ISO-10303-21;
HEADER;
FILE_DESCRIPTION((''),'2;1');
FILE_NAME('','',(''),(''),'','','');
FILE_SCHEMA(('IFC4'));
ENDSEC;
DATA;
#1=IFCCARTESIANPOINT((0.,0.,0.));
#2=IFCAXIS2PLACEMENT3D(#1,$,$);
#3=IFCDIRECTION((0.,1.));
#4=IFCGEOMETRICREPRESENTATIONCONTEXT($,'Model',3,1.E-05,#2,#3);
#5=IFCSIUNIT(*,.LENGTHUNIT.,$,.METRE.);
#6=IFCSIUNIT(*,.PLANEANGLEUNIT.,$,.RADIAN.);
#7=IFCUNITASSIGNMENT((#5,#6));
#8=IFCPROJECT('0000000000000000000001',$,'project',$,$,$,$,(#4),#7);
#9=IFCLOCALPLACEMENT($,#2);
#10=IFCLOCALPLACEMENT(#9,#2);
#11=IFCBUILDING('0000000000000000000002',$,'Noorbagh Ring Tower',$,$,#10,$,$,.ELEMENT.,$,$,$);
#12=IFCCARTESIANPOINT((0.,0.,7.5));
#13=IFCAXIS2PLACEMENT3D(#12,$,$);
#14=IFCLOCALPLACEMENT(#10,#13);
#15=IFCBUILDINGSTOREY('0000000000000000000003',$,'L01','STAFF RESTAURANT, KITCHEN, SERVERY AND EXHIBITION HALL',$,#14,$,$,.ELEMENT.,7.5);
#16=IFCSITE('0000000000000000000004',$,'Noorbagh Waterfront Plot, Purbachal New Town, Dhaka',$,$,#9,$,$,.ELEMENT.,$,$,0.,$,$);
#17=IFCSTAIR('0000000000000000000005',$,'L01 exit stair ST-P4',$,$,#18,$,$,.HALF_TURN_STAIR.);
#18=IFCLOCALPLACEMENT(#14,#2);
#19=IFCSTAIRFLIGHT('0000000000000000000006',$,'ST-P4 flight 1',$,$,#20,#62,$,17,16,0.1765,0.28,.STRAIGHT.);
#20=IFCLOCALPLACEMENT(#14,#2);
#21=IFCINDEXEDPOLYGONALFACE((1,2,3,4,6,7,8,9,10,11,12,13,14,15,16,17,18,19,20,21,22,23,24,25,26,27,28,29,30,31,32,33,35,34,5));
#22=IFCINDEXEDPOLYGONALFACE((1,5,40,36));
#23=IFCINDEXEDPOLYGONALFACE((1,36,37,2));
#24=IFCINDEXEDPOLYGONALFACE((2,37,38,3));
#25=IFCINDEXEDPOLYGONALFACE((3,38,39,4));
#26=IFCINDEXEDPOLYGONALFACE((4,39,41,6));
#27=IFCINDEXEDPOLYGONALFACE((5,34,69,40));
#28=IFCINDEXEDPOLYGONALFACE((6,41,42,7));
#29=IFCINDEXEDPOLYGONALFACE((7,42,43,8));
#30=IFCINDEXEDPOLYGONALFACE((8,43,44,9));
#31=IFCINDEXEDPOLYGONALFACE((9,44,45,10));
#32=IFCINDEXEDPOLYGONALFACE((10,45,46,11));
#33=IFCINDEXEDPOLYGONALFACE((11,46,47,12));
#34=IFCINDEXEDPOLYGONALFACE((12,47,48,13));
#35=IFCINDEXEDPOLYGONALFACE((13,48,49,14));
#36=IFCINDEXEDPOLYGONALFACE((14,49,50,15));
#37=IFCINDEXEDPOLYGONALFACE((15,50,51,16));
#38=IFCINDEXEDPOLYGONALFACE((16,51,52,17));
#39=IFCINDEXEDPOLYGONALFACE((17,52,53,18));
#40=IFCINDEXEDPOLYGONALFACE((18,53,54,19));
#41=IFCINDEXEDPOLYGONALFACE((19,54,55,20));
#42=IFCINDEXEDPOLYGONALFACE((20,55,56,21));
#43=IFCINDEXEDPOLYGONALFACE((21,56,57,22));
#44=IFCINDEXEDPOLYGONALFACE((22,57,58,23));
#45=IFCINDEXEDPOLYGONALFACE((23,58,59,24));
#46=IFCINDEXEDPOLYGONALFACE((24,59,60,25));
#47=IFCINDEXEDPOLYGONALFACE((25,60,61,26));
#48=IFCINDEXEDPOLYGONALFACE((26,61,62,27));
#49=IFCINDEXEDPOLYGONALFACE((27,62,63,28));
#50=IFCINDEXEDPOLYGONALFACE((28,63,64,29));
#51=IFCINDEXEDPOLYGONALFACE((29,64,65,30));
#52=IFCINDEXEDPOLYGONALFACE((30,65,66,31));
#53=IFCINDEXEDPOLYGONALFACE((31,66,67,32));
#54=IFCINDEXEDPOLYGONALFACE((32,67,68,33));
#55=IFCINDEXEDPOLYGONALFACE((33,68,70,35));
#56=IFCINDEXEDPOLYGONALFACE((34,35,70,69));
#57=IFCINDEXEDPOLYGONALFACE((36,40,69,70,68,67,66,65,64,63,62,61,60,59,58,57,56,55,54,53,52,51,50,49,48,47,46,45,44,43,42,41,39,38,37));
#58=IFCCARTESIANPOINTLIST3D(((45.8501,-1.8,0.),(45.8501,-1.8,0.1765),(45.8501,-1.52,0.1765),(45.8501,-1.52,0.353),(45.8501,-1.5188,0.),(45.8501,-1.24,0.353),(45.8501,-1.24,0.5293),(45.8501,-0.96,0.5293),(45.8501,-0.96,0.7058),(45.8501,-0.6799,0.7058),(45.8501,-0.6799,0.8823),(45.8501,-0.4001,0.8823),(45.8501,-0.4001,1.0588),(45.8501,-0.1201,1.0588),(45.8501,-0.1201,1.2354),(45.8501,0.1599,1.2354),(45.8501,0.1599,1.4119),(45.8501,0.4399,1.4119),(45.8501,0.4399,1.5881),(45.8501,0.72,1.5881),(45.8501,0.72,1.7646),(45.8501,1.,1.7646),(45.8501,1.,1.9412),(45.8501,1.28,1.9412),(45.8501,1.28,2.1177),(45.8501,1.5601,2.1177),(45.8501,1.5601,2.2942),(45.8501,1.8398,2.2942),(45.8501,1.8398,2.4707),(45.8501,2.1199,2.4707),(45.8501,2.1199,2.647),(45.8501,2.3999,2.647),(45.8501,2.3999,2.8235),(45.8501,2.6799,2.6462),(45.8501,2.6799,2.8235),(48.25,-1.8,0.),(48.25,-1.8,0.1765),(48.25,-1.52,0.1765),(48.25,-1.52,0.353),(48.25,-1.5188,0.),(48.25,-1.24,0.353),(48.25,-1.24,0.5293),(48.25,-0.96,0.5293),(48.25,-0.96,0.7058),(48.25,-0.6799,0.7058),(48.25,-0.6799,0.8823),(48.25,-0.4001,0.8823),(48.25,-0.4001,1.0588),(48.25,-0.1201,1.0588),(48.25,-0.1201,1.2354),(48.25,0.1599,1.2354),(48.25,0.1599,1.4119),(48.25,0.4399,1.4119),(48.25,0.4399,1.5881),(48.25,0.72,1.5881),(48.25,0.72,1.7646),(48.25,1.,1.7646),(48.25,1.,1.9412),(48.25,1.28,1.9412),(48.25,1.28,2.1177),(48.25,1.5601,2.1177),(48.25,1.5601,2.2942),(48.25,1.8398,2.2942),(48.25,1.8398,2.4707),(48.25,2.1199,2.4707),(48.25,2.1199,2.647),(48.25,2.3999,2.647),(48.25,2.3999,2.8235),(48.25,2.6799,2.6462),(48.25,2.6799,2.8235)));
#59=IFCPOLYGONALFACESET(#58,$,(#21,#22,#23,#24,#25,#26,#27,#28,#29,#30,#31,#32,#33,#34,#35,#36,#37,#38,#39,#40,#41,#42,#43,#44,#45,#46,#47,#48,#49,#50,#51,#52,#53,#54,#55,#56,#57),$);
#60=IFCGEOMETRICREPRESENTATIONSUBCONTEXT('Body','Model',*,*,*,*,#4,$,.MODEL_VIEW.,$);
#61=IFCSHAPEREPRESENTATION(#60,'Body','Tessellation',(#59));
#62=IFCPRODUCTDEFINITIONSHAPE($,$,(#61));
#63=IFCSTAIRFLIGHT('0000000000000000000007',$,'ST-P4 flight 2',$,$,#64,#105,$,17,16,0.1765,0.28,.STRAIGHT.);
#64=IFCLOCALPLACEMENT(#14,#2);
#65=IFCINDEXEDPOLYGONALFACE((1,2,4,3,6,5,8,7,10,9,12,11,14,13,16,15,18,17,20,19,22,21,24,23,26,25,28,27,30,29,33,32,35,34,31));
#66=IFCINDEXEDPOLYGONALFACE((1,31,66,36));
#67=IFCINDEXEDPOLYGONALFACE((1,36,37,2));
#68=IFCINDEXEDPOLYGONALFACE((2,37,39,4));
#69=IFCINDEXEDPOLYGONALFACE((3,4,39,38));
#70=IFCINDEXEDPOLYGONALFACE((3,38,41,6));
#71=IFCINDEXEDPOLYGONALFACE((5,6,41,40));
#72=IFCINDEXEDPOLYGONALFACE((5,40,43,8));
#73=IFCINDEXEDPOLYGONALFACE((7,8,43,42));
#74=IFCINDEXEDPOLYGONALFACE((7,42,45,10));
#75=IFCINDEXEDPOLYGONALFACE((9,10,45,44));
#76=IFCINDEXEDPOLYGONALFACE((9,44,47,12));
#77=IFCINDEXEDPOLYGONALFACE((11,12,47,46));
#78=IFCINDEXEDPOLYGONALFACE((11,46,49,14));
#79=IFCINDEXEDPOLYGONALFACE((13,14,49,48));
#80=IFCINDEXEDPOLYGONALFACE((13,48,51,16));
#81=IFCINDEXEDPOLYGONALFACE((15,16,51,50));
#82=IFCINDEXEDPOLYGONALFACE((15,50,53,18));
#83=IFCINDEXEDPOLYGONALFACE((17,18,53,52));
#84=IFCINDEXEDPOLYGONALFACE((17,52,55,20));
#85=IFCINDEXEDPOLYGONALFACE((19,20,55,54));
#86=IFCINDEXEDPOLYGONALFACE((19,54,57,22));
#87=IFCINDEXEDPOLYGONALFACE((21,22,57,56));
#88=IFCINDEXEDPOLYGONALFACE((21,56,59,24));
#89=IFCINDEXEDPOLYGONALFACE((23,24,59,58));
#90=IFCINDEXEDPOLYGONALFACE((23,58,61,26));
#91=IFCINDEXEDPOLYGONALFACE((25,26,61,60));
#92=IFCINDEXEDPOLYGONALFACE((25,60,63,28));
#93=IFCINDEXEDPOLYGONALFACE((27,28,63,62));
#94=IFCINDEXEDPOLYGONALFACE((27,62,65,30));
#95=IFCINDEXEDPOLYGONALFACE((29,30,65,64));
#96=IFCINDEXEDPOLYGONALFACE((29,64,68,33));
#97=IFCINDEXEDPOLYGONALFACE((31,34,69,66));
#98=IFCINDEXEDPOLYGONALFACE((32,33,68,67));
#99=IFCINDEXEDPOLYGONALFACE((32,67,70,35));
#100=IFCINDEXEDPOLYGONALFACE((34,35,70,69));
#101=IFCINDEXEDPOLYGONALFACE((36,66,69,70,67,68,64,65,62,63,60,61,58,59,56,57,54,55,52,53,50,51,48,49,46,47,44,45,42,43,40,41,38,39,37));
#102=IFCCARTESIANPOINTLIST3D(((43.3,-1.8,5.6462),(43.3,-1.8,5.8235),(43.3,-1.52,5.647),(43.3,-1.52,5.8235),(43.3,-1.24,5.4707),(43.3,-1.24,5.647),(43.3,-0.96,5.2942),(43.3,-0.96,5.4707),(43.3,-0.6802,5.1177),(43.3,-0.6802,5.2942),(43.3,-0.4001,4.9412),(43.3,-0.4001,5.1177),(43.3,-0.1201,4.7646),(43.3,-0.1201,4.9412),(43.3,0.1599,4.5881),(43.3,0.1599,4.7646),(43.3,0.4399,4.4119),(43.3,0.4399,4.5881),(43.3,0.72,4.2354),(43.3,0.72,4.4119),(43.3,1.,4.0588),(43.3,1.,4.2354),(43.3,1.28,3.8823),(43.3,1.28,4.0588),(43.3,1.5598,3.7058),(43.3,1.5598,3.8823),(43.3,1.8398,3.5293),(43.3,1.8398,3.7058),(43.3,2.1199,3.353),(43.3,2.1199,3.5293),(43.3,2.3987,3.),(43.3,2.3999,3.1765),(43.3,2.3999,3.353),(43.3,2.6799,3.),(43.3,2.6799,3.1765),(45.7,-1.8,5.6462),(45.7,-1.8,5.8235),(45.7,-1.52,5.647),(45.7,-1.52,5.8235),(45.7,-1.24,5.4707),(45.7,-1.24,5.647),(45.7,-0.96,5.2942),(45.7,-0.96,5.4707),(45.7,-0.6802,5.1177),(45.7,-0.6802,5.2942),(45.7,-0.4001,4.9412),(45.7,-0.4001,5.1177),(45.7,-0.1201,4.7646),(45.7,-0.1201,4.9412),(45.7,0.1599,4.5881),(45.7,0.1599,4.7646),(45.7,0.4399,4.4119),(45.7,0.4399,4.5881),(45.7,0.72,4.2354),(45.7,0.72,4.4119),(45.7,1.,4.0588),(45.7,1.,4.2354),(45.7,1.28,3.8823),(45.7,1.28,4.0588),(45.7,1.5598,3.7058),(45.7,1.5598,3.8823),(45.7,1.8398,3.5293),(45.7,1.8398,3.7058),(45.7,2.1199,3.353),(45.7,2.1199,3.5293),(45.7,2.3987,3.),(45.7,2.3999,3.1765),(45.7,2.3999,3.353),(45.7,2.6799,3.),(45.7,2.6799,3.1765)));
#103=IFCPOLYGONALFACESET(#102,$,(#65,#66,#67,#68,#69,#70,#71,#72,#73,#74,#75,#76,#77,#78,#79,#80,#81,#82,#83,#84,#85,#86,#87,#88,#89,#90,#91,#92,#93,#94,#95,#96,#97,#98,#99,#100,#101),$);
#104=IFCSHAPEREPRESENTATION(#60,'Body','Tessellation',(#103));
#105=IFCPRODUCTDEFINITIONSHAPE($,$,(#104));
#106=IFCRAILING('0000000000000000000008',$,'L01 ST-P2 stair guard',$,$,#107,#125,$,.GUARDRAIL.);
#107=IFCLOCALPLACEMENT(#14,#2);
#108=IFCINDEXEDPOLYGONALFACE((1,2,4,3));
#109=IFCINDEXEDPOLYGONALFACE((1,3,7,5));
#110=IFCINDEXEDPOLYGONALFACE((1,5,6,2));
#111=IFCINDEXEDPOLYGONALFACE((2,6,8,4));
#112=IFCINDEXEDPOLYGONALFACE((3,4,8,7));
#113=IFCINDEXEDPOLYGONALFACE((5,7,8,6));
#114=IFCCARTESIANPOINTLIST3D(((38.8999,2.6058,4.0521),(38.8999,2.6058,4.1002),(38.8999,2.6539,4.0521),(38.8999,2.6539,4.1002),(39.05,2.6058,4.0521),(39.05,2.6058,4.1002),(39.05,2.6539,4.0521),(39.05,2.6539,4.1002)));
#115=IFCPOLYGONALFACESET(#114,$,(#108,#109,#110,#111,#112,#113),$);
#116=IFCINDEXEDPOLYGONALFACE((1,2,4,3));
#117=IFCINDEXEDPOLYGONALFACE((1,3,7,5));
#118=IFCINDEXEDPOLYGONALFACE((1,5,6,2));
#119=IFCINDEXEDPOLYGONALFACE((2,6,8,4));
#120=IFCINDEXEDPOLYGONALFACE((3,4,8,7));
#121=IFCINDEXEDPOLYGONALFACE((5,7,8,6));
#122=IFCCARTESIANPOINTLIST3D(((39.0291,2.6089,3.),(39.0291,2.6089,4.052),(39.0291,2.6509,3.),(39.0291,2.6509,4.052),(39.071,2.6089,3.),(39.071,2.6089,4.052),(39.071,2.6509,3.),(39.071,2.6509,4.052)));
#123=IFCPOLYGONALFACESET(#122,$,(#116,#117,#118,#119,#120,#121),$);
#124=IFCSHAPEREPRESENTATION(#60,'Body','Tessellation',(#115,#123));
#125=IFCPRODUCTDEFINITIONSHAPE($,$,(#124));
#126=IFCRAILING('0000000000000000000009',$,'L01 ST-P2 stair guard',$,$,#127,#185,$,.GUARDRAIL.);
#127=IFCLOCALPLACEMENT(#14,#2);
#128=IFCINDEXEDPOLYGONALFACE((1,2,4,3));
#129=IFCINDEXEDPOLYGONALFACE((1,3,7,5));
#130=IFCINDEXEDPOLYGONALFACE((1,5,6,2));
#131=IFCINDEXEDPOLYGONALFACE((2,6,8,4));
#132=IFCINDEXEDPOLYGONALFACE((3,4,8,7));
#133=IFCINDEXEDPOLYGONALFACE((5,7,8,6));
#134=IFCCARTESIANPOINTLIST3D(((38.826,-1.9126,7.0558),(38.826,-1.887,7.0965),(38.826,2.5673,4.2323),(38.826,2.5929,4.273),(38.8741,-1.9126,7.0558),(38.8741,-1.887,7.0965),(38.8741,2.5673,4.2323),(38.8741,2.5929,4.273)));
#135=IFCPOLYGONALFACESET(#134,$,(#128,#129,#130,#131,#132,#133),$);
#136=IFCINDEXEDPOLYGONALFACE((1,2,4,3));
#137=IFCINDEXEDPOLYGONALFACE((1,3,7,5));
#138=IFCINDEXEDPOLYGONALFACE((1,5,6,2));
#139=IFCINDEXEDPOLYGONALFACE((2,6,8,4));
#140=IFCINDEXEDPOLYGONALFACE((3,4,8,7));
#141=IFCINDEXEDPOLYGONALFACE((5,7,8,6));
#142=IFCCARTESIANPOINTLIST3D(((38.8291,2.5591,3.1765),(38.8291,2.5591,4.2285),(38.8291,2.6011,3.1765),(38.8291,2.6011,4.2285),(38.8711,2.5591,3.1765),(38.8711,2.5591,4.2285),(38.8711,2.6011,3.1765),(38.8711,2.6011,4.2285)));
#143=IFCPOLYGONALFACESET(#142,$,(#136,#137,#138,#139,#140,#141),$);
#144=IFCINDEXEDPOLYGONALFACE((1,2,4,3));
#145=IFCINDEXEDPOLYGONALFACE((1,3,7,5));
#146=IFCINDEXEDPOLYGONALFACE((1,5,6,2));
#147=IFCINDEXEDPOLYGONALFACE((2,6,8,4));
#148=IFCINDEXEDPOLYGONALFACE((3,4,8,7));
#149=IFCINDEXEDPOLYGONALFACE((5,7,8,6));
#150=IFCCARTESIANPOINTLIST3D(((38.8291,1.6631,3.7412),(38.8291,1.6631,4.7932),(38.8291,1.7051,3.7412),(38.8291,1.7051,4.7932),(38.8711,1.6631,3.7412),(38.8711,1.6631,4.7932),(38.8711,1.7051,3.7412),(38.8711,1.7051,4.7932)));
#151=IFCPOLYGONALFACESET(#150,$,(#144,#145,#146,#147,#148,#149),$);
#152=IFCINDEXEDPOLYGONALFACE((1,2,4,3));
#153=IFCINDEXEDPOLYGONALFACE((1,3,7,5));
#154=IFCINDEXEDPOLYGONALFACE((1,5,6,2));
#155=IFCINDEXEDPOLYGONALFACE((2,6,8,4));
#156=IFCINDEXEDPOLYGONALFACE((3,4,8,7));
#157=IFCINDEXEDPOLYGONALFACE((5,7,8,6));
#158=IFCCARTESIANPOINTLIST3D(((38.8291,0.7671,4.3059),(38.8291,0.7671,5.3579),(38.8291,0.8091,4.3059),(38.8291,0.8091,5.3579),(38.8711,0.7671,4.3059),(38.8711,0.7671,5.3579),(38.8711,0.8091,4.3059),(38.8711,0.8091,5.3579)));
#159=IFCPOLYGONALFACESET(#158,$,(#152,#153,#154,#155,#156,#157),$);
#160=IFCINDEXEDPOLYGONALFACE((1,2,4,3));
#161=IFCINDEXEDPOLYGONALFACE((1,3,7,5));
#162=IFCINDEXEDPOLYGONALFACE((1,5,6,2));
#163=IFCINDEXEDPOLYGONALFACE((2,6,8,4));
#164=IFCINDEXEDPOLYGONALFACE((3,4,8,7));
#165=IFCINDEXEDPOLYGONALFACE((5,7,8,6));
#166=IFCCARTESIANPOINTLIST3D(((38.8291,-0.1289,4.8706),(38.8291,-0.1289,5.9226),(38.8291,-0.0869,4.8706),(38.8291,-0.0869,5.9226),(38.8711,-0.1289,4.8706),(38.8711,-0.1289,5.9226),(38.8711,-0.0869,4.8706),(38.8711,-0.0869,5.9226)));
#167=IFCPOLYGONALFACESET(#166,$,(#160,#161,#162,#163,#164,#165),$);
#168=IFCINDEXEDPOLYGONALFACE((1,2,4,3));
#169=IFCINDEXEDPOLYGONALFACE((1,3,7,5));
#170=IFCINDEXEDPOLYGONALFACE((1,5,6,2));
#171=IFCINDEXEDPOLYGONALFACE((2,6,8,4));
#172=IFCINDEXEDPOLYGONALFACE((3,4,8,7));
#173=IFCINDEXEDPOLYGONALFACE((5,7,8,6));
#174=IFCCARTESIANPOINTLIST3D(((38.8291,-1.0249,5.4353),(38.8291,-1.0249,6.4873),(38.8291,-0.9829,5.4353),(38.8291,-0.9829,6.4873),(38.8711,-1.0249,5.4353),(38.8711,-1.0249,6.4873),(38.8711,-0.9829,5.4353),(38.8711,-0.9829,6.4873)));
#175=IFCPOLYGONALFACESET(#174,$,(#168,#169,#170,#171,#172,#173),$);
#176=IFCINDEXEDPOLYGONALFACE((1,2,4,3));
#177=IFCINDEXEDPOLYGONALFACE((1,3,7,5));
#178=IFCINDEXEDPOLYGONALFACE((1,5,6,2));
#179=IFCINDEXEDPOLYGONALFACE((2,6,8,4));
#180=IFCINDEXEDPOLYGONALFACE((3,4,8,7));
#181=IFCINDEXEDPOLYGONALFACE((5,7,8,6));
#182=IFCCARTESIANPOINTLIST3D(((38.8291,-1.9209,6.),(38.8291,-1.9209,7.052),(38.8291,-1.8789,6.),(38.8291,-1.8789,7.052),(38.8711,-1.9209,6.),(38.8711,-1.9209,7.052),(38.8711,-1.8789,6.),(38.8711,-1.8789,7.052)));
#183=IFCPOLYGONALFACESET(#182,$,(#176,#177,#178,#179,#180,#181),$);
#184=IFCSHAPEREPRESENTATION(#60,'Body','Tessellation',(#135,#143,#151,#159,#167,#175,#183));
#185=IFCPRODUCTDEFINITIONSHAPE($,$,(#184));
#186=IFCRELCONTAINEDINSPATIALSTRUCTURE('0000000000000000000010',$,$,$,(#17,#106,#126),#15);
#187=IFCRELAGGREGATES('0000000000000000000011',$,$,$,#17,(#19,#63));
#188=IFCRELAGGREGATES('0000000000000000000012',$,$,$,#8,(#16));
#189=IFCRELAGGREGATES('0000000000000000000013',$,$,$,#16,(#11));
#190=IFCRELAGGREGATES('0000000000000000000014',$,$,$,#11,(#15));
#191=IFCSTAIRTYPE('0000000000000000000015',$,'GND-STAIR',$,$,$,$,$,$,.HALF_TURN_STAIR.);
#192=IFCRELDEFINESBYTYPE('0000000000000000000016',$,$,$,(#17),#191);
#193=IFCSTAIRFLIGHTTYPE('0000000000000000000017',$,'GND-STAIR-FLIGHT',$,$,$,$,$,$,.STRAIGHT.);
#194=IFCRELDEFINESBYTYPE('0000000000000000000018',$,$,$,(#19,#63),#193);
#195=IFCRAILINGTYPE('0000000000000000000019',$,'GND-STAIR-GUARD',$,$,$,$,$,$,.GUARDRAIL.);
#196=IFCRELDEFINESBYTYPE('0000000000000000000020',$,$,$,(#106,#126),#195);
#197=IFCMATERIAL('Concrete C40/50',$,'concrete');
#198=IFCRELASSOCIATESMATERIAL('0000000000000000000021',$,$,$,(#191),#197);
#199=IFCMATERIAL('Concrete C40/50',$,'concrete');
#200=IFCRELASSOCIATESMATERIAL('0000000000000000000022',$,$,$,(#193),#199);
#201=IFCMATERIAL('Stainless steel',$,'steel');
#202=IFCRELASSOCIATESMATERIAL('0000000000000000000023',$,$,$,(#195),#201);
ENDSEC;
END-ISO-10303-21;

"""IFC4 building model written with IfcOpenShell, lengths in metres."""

from ifc_helpers import new_model, si_unit, direction, frame, origin, origin_2d, place, context, subcontext, project, spatial, polyline, rectangle, outline, extrude, material, type_object, element, aggregate, save


model = new_model("IFC4")

# Units and contexts
model_context = context("Model", 3, precision=1e-05, world=origin(), true_north=direction((0.0, 1.0)))
body_context = subcontext(model_context, "Body", "Model", "MODEL_VIEW")
ifc_project = project(units=[si_unit("LENGTHUNIT", "METRE"), si_unit("PLANEANGLEUNIT", "RADIAN")], contexts=[model_context])

# Site, building, storey
site_placement = place(None, origin())
site = spatial("IfcSite", under=ifc_project, at=site_placement, Name="Noorbagh Waterfront Plot, Purbachal New Town, Dhaka", CompositionType="ELEMENT", RefElevation=0.0)
building_placement = place(site_placement, origin())
building = spatial("IfcBuilding", under=site, at=building_placement, Name="Noorbagh Ring Tower", CompositionType="ELEMENT")
storey_placement = place(building_placement, frame((0.0, 0.0, 7.5)))
storey = spatial("IfcBuildingStorey", under=building, at=storey_placement, Name="L01", Description="STAFF RESTAURANT, KITCHEN, SERVERY AND EXHIBITION HALL", CompositionType="ELEMENT", Elevation=7.5)

# Stair, stair flights
ifc_material_1 = material(Name="Concrete C40/50", Category="concrete")
stair_type = type_object("IfcStairType", Name="GND-STAIR", PredefinedType="HALF_TURN_STAIR", material=ifc_material_1)
ifc_material_2 = material(Name="Concrete C40/50", Category="concrete")
stair_flight_type = type_object("IfcStairFlightType", Name="GND-STAIR-FLIGHT", PredefinedType="STRAIGHT", material=ifc_material_2)
stair_1_placement = place(storey_placement, origin())
stair_1 = element("IfcStair", 1, at=stair_1_placement, inside=storey, type_object=stair_type, Name="L01 exit stair ST-P4", PredefinedType="HALF_TURN_STAIR")
stair_flight_1_placement = place(storey_placement, frame((47.05, -1.8, 0.0), z_axis=(0.0, 0.0, 1.0), x_axis=(0.0, 1.0, 0.0)))
stair_flight_1 = element("IfcStairFlight", 2, at=stair_flight_1_placement, type_object=stair_flight_type, Name="ST-P4 flight 1", NumberOfRisers=17, NumberOfTreads=16, PredefinedType="STRAIGHT", RiserHeight=0.1765, TreadLength=0.28, context=body_context, shape_type="SweptSolid", body=[
    extrude(outline(polyline([(0.0, 0.0), (0.0, 0.1765), (0.28, 0.1765), (0.28, 0.353), (0.5601, 0.353), (0.5601, 0.5293), (0.8401, 0.5293), (0.8401, 0.7058), (1.1201, 0.7058), (1.1201, 0.8823), (1.3999, 0.8823), (1.3999, 1.0588), (1.6799, 1.0588), (1.6799, 1.2354), (1.96, 1.2354), (1.96, 1.4119), (2.24, 1.4119), (2.24, 1.5881), (2.52, 1.5881), (2.52, 1.7646), (2.8, 1.7646), (2.8, 1.9412), (3.0801, 1.9412), (3.0801, 2.1177), (3.3601, 2.1177), (3.3601, 2.2942), (3.6399, 2.2942), (3.6399, 2.4707), (3.9199, 2.4707), (3.9199, 2.647), (4.2, 2.647), (4.2, 2.8235), (4.48, 2.8235), (4.48, 3.0), (4.48, 2.6462), (0.2812, 0.0), (0.0, 0.0)])), frame((0.0, 1.2, 0.0), z_axis=(0.0, -1.0, 0.0), x_axis=(1.0, 0.0, 0.0)), (0.0, 0.0, 1.0), 2.3999),
])
stair_flight_2_placement = place(storey_placement, frame((44.5, 2.6799, 3.0), z_axis=(0.0, 0.0, 1.0), x_axis=(0.0, -1.0, 0.0)))
stair_flight_2 = element("IfcStairFlight", 3, at=stair_flight_2_placement, type_object=stair_flight_type, Name="ST-P4 flight 2", NumberOfRisers=17, NumberOfTreads=16, PredefinedType="STRAIGHT", RiserHeight=0.1765, TreadLength=0.28, context=body_context, shape_type="SweptSolid", body=[
    extrude(outline(polyline([(0.0, 0.0), (0.0, 0.1765), (0.28, 0.1765), (0.28, 0.353), (0.5601, 0.353), (0.5601, 0.5293), (0.8401, 0.5293), (0.8401, 0.7058), (1.1201, 0.7058), (1.1201, 0.8823), (1.3999, 0.8823), (1.3999, 1.0588), (1.6799, 1.0588), (1.6799, 1.2354), (1.96, 1.2354), (1.96, 1.4119), (2.24, 1.4119), (2.24, 1.5881), (2.52, 1.5881), (2.52, 1.7646), (2.8, 1.7646), (2.8, 1.9412), (3.0801, 1.9412), (3.0801, 2.1177), (3.3601, 2.1177), (3.3601, 2.2942), (3.6399, 2.2942), (3.6399, 2.4707), (3.9199, 2.4707), (3.9199, 2.647), (4.2, 2.647), (4.2, 2.8235), (4.48, 2.8235), (4.48, 3.0), (4.48, 2.6462), (0.2812, 0.0), (0.0, 0.0)])), frame((0.0, 1.2, 0.0), z_axis=(0.0, -1.0, 0.0), x_axis=(1.0, 0.0, 0.0)), (0.0, 0.0, 1.0), 2.3999),
])
aggregate(stair_1, [stair_flight_1, stair_flight_2])

# Railings
ifc_material_3 = material(Name="Stainless steel", Category="steel")
railing_type_1 = type_object("IfcRailingType", Name="GND-STAIR-GUARD", PredefinedType="GUARDRAIL", material=ifc_material_3)
railing_1_placement = place(storey_placement, frame((39.05, 2.6299, 3.0)))
element("IfcRailing", 4, at=railing_1_placement, inside=storey, type_object=railing_type_1, Name="L01 ST-P2 stair guard", PredefinedType="GUARDRAIL", context=body_context, shape_type="SweptSolid", body=[
    extrude(rectangle(XDim=0.0481, YDim=0.0481, at=origin_2d()), frame((0.0, 0.0, 1.0762), z_axis=(-1.0, 0.0, 0.0), x_axis=(0.0, -1.0, 0.0)), (0.0, 0.0, 1.0), 0.1501),
    extrude(rectangle(XDim=0.042, YDim=0.042, at=origin_2d()), origin(), (0.0, 0.0, 1.0), 1.052),
])
railing_2_placement = place(storey_placement, frame((38.8501, 2.5801, 3.1765)))
element("IfcRailing", 5, at=railing_2_placement, inside=storey, type_object=railing_type_1, Name="L01 ST-P2 stair guard", PredefinedType="GUARDRAIL", context=body_context, shape_type="SweptSolid", body=[
    extrude(rectangle(XDim=0.0481, YDim=0.0481, at=origin_2d()), frame((0.0, 0.0, 1.0762), z_axis=(0.0, -0.845998, 0.533186), x_axis=(1.0, 0.0, 0.0)), (0.0, 0.0, 1.0), 5.2954),
    extrude(rectangle(XDim=0.042, YDim=0.042, at=origin_2d()), origin(), (0.0, 0.0, 1.0), 1.052),
    extrude(rectangle(XDim=0.042, YDim=0.042, at=origin_2d()), frame((0.0, -0.896, 0.5647)), (0.0, 0.0, 1.0), 1.052),
    extrude(rectangle(XDim=0.042, YDim=0.042, at=origin_2d()), frame((0.0, -1.792, 1.1294)), (0.0, 0.0, 1.0), 1.052),
    extrude(rectangle(XDim=0.042, YDim=0.042, at=origin_2d()), frame((0.0, -2.688, 1.6941)), (0.0, 0.0, 1.0), 1.052),
    extrude(rectangle(XDim=0.042, YDim=0.042, at=origin_2d()), frame((0.0, -3.584, 2.2588)), (0.0, 0.0, 1.0), 1.052),
    extrude(rectangle(XDim=0.042, YDim=0.042, at=origin_2d()), frame((0.0, -4.48, 2.8235)), (0.0, 0.0, 1.0), 1.052),
])

save(model, "model.ifc")
